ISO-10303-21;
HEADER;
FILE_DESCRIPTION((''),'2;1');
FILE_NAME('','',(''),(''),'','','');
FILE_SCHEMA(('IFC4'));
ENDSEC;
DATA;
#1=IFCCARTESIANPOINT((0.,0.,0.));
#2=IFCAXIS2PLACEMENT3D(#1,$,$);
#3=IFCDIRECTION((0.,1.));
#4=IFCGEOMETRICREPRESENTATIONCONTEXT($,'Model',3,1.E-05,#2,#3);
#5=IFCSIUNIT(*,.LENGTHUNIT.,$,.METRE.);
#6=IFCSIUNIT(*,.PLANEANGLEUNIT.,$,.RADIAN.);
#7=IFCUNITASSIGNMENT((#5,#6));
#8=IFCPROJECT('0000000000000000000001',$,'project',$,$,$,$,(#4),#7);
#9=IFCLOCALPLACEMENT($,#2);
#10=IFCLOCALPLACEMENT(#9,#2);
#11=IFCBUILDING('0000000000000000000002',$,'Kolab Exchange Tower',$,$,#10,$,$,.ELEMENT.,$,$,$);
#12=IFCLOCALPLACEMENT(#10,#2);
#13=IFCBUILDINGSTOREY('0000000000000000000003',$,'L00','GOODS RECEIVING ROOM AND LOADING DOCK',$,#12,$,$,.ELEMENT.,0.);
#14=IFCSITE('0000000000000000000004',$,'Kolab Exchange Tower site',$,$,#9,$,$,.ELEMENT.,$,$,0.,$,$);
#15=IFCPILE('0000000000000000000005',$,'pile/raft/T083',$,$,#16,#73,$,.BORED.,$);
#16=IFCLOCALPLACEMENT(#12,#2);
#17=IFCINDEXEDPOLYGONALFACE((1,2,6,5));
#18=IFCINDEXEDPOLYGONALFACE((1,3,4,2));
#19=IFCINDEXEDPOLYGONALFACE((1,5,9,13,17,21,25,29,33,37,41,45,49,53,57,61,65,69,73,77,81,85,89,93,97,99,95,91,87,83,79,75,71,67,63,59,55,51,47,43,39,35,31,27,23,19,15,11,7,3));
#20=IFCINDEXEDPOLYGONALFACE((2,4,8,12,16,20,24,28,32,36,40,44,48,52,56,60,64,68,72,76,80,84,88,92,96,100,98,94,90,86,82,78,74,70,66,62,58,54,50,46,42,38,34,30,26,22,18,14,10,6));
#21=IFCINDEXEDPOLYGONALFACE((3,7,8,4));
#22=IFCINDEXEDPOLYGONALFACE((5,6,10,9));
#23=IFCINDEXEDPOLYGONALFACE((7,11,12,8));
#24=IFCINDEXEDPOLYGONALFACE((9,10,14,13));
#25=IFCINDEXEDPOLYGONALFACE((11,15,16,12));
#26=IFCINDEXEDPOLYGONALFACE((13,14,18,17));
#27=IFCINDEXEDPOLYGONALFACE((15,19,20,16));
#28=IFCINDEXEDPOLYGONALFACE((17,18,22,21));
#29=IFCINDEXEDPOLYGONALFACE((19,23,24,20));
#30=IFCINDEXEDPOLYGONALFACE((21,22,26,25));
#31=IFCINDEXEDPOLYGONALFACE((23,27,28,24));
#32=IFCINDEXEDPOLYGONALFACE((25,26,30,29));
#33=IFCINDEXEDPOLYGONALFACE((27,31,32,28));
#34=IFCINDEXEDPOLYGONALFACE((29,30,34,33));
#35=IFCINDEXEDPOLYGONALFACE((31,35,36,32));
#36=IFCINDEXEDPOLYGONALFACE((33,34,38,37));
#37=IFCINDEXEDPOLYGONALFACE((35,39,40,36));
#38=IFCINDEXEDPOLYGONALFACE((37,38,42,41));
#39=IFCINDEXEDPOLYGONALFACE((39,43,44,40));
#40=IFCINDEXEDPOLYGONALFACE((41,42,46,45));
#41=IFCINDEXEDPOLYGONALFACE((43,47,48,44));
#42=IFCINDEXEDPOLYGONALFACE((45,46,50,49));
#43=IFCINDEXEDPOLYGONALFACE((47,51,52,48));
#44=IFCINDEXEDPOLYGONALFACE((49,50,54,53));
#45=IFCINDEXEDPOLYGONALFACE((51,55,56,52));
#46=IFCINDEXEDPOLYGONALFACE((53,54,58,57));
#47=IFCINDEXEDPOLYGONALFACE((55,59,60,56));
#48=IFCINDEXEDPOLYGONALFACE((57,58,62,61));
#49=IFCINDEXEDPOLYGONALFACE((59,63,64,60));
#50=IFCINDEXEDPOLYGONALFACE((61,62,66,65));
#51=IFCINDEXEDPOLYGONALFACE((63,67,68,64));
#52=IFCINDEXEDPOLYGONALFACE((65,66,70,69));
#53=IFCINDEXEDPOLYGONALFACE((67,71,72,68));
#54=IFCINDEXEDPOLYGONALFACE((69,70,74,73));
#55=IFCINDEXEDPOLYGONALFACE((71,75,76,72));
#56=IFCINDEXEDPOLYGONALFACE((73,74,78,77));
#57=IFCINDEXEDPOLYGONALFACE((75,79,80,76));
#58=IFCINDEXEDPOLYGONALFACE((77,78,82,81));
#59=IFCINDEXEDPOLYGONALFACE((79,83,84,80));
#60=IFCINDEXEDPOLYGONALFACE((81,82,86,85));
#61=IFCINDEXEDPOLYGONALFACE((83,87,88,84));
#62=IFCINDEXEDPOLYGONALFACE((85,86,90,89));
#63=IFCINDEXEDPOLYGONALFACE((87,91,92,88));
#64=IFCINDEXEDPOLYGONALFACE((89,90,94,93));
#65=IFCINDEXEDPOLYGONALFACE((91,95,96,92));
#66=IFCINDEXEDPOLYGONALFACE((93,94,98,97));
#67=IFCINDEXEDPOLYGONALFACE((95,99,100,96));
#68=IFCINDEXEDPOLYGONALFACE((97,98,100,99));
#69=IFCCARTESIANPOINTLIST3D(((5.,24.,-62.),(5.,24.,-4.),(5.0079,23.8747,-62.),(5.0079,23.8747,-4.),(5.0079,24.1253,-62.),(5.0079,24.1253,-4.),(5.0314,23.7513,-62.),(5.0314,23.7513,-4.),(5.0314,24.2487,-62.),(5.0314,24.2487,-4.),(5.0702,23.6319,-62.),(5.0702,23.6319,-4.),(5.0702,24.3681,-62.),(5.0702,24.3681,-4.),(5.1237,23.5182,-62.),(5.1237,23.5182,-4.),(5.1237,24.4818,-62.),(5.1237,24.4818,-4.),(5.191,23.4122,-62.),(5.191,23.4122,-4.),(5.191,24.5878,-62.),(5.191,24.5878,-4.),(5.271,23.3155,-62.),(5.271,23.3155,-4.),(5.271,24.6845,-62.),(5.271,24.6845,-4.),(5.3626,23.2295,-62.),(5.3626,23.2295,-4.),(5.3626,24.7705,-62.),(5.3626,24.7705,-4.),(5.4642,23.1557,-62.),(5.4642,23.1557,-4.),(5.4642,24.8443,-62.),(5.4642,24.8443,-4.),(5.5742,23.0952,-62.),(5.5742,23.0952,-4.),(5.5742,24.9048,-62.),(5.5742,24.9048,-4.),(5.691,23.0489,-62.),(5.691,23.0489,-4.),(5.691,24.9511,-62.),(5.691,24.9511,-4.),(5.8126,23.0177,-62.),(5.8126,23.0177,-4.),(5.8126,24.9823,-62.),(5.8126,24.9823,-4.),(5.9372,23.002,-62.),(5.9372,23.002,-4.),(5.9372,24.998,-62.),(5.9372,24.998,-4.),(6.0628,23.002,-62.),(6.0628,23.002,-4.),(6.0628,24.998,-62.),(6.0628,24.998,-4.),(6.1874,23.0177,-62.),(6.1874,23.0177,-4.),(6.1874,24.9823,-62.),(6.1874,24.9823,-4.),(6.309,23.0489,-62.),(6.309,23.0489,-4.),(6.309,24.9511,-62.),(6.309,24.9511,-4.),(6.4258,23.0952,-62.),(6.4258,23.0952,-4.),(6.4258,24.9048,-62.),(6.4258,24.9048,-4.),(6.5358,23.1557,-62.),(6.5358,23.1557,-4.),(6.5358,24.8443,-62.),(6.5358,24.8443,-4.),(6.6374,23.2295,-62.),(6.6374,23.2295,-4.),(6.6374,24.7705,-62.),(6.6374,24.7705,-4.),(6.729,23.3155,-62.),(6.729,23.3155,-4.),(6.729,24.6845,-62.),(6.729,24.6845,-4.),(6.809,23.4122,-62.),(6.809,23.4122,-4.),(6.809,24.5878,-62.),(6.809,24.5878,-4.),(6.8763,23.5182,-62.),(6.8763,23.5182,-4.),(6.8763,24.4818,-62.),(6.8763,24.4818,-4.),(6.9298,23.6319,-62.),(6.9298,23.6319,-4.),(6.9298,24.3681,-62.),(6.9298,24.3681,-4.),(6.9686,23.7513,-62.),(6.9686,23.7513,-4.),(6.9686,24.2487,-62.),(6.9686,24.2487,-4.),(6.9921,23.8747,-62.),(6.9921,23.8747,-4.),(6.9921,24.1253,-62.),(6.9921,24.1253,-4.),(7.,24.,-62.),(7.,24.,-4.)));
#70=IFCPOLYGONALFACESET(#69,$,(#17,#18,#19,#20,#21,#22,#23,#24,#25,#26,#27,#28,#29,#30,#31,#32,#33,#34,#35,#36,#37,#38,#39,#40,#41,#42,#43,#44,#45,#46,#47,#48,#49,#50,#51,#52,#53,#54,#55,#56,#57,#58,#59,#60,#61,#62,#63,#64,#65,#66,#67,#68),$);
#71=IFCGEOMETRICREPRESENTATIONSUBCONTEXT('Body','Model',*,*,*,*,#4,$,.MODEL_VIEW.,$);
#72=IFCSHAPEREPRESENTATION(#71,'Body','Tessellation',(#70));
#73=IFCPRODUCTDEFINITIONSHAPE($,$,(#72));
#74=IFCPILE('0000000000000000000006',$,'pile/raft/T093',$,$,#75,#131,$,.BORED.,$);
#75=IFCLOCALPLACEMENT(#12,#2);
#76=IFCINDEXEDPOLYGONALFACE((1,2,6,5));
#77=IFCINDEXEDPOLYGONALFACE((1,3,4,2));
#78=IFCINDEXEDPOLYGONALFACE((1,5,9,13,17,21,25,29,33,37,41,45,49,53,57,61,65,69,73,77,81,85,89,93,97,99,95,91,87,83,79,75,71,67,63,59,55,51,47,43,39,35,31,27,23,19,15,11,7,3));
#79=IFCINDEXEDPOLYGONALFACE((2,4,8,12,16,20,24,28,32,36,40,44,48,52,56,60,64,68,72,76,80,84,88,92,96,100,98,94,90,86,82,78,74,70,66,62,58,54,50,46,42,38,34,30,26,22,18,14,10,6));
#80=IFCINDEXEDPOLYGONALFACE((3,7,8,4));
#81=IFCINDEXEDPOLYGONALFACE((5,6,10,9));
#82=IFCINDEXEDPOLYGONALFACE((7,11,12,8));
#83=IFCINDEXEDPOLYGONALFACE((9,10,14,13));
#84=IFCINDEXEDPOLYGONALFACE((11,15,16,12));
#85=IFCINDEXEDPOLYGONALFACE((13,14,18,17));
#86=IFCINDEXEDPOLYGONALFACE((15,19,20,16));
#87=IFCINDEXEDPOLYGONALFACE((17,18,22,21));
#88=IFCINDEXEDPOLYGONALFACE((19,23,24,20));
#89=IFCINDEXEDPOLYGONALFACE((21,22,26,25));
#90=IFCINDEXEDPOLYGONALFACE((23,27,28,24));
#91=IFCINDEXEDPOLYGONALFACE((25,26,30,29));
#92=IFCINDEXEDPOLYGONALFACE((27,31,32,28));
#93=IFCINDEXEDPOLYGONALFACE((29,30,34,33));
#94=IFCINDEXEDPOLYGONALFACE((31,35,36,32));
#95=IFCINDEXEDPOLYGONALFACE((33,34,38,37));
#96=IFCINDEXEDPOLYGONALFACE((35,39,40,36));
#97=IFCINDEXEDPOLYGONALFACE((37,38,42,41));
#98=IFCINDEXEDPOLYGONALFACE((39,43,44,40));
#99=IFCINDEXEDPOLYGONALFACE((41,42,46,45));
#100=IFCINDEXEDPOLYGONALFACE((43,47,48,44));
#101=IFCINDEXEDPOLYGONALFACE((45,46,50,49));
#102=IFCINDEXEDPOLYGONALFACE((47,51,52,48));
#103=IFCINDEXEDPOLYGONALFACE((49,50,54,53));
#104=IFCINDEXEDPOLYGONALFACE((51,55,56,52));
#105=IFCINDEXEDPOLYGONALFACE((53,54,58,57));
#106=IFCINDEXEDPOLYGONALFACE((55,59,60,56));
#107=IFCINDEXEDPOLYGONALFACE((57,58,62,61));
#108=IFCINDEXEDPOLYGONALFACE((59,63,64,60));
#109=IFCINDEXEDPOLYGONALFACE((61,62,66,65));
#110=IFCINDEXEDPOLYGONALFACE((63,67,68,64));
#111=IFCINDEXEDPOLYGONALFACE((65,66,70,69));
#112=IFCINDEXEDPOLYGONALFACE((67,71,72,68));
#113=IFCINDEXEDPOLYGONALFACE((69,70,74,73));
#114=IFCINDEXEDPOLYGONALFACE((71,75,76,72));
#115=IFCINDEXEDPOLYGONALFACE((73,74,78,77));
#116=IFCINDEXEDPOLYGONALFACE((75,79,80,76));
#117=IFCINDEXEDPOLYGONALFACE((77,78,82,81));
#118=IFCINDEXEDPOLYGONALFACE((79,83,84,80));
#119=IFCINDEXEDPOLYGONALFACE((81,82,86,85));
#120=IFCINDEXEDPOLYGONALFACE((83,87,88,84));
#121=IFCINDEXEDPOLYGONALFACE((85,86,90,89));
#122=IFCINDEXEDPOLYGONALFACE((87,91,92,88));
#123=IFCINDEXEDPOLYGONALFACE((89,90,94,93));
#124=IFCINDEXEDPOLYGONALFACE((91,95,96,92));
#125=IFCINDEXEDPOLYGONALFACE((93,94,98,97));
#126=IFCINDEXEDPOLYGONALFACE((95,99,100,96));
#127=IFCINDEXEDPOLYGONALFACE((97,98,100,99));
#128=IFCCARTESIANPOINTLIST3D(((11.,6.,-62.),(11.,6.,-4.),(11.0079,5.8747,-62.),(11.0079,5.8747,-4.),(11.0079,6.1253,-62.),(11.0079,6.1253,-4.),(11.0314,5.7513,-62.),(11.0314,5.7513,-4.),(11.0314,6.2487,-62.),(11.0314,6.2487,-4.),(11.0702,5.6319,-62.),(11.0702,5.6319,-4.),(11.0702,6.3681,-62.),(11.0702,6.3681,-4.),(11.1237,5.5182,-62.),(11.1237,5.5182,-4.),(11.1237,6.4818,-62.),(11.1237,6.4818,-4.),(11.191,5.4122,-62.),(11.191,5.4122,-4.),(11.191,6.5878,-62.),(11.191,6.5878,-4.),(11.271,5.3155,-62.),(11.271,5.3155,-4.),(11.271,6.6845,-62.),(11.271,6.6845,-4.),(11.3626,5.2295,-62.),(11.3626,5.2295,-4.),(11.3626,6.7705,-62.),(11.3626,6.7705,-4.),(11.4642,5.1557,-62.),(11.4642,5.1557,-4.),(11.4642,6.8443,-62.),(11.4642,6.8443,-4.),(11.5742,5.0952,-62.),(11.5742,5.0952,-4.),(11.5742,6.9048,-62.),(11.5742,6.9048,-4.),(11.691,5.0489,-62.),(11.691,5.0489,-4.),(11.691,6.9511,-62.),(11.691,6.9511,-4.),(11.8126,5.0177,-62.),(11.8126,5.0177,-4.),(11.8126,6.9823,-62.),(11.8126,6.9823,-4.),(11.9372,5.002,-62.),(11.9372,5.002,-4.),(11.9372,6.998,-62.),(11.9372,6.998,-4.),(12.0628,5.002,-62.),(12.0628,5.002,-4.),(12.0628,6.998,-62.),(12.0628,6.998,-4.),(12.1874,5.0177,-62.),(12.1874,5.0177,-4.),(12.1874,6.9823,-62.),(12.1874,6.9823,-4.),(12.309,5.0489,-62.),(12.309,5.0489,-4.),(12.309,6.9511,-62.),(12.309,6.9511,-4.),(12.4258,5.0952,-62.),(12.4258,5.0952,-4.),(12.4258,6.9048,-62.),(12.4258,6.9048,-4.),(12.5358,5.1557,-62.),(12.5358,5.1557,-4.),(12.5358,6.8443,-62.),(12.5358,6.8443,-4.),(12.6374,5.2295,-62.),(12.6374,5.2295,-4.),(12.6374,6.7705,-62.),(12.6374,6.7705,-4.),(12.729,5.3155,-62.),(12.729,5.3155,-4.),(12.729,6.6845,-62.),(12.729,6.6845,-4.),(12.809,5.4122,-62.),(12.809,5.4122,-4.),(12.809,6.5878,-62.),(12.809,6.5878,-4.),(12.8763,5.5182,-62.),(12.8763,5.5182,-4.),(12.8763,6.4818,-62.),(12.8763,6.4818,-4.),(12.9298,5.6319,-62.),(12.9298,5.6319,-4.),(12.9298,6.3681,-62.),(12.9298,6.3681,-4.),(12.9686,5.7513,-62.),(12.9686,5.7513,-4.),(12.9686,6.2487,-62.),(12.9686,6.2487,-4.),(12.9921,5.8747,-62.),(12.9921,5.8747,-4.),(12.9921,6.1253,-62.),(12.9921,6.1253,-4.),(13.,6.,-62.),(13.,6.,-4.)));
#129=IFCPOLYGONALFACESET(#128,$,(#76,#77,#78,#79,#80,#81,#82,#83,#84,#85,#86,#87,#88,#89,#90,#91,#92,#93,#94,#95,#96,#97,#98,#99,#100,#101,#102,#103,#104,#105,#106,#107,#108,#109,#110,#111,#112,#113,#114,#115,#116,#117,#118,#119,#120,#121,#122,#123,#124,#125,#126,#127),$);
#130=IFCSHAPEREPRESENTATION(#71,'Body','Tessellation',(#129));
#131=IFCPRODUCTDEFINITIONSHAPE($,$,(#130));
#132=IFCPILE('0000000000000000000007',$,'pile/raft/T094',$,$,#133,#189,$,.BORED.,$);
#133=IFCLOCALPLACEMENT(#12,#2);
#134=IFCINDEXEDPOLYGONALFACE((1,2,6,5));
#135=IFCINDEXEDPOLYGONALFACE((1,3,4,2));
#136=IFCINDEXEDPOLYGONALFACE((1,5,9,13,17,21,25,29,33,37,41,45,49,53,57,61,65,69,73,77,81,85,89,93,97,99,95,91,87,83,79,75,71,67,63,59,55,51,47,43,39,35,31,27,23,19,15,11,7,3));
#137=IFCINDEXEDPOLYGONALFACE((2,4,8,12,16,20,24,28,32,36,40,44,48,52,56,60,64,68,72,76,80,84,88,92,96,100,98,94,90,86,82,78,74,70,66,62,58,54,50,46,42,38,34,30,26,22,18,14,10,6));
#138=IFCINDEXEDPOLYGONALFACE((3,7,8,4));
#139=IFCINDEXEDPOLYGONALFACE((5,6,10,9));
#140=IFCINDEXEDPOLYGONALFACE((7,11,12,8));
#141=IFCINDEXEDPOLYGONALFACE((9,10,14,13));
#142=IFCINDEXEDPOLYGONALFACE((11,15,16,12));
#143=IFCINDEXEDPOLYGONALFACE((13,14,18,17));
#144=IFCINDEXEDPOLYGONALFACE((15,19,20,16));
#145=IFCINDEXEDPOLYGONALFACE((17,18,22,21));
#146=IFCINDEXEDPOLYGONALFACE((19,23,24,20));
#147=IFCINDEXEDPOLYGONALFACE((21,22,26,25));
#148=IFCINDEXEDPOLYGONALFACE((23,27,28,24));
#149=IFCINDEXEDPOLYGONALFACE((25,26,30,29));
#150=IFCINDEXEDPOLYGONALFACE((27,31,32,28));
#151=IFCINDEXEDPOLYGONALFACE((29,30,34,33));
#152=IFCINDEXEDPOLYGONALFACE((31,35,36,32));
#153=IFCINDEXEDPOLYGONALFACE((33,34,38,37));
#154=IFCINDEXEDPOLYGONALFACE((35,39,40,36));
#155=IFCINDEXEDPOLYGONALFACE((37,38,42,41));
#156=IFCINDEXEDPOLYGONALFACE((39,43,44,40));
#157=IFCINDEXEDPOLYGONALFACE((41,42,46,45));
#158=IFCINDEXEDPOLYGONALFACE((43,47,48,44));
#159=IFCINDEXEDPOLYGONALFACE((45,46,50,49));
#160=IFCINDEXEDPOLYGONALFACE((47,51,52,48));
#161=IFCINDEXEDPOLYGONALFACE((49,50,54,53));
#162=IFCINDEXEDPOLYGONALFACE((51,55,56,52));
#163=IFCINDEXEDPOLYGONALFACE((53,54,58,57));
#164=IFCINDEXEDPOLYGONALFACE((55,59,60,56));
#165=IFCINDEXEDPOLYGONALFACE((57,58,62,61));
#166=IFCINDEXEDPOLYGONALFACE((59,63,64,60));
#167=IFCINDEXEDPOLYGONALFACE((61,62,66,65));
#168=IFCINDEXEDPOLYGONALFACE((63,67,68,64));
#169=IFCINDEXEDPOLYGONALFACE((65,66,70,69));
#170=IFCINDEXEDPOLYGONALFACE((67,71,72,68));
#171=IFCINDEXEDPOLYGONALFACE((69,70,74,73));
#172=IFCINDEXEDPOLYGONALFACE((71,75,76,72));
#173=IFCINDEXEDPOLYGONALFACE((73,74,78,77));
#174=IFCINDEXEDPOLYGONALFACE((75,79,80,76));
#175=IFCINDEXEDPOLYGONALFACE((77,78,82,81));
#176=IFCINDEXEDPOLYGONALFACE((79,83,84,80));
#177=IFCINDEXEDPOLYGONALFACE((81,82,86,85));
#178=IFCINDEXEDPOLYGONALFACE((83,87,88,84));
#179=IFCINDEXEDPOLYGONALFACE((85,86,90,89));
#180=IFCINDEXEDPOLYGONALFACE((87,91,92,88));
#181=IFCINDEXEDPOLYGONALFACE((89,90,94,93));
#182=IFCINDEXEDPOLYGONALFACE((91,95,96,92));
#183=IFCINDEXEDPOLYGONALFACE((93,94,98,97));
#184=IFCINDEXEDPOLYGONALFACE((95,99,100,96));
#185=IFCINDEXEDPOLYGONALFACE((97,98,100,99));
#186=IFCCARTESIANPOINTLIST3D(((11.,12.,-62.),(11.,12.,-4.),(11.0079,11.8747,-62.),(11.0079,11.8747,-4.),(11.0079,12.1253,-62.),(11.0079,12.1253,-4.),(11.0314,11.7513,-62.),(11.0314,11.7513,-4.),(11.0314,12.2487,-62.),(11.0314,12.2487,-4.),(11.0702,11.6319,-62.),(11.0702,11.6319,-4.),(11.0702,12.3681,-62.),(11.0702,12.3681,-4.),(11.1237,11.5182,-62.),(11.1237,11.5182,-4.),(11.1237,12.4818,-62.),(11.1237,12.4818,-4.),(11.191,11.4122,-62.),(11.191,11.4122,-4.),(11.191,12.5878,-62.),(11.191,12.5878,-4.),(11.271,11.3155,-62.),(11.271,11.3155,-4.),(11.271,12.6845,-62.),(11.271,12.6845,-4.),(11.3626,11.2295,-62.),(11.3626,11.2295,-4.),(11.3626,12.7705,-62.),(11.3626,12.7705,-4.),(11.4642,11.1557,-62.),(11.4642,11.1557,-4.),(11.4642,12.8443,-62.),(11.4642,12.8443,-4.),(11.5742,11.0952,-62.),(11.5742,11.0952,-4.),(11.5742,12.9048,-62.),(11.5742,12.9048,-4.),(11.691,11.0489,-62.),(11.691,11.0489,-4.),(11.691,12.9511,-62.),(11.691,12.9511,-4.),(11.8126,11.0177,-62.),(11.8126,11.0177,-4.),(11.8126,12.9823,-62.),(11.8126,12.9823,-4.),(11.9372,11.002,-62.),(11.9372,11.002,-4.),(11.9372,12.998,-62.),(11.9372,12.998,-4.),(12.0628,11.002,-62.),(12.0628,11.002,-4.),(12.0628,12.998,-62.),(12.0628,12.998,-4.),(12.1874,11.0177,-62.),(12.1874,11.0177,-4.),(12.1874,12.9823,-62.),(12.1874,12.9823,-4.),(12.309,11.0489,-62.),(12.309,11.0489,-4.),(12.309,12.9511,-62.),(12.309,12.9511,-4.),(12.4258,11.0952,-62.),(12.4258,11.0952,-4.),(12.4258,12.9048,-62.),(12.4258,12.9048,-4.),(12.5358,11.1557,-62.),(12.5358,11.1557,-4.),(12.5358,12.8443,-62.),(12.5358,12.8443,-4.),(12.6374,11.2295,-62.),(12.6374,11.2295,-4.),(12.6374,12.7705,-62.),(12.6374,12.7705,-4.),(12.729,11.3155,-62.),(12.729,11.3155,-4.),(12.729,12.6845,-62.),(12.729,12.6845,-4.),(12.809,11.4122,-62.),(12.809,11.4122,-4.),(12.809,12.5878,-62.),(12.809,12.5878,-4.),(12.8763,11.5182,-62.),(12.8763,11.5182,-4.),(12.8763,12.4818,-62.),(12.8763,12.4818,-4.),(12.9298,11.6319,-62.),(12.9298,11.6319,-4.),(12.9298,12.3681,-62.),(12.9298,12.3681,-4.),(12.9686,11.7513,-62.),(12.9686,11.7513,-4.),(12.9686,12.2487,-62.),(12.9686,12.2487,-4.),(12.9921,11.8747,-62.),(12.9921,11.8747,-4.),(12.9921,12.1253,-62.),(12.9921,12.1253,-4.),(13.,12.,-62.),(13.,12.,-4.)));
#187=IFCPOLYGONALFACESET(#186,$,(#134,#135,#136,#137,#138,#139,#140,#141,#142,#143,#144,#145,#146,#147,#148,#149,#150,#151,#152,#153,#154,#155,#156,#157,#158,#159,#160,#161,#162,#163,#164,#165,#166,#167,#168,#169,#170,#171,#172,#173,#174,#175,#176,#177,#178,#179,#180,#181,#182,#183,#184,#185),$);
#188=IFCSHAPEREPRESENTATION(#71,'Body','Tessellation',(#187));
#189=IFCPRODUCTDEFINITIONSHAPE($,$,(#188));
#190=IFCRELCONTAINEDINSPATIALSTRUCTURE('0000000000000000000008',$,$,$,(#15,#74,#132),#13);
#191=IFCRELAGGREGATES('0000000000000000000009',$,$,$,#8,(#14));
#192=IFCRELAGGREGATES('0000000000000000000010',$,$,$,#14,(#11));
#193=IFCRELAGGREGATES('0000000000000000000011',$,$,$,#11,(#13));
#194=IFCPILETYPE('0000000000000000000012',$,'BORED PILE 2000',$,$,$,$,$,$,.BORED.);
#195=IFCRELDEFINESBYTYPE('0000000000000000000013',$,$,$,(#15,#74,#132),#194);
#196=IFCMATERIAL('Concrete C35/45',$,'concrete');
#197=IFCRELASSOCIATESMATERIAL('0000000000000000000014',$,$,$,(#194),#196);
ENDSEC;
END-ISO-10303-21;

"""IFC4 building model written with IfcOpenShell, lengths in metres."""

from ifc_helpers import new_model, si_unit, direction, frame, origin, origin_2d, place, context, subcontext, project, spatial, circle, extrude, material, material_profile, profile_set, type_object, element, save


model = new_model("IFC4")

# Units and contexts
model_context = context("Model", 3, precision=1e-05, world=origin(), true_north=direction((0.0, 1.0)))
body_context = subcontext(model_context, "Body", "Model", "MODEL_VIEW")
ifc_project = project(units=[si_unit("LENGTHUNIT", "METRE"), si_unit("PLANEANGLEUNIT", "RADIAN")], contexts=[model_context])

# Site, building, storey
site_placement = place(None, origin())
site = spatial("IfcSite", under=ifc_project, at=site_placement, Name="Kolab Exchange Tower site", CompositionType="ELEMENT", RefElevation=0.0)
building_placement = place(site_placement, origin())
building = spatial("IfcBuilding", under=site, at=building_placement, Name="Kolab Exchange Tower", CompositionType="ELEMENT")
storey_placement = place(building_placement, origin())
storey = spatial("IfcBuildingStorey", under=building, at=storey_placement, Name="L00", Description="GOODS RECEIVING ROOM AND LOADING DOCK", CompositionType="ELEMENT", Elevation=0.0)

# Piles
ifc_material_1 = material(Name="Concrete C35/45", Category="concrete")
ifc_material_profile_1 = material_profile(ifc_material_1, circle(Radius=1.0, at=origin_2d()), Name="BP2000")
ifc_profile_set_1 = profile_set([ifc_material_profile_1], Name="Concrete C35/45")
pile_type = type_object("IfcPileType", Name="BORED PILE 2000", PredefinedType="BORED", material=ifc_profile_set_1)
for number, where, z_axis, x_axis, name in (
    (1, (6.0, 24.0, -4.0), (0.0, 0.0, -1.0), (1.0, 0.0, 0.0), "pile/raft/T083"),
    (2, (12.0, 6.0, -4.0), (0.0, 0.0, -1.0), (1.0, 0.0, 0.0), "pile/raft/T093"),
    (3, (12.0, 12.0, -4.0), (0.0, 0.0, -1.0), (1.0, 0.0, 0.0), "pile/raft/T094"),
):
    element("IfcPile", number, at=place(storey_placement, frame(where, z_axis=z_axis, x_axis=x_axis)), inside=storey, type_object=pile_type, Name=name, PredefinedType="BORED", context=body_context, shape_type="SweptSolid", body=[
        extrude(circle(Radius=1.0, at=origin_2d()), origin(), (0.0, 0.0, 1.0), 58.0),
    ])

save(model, "model.ifc")
